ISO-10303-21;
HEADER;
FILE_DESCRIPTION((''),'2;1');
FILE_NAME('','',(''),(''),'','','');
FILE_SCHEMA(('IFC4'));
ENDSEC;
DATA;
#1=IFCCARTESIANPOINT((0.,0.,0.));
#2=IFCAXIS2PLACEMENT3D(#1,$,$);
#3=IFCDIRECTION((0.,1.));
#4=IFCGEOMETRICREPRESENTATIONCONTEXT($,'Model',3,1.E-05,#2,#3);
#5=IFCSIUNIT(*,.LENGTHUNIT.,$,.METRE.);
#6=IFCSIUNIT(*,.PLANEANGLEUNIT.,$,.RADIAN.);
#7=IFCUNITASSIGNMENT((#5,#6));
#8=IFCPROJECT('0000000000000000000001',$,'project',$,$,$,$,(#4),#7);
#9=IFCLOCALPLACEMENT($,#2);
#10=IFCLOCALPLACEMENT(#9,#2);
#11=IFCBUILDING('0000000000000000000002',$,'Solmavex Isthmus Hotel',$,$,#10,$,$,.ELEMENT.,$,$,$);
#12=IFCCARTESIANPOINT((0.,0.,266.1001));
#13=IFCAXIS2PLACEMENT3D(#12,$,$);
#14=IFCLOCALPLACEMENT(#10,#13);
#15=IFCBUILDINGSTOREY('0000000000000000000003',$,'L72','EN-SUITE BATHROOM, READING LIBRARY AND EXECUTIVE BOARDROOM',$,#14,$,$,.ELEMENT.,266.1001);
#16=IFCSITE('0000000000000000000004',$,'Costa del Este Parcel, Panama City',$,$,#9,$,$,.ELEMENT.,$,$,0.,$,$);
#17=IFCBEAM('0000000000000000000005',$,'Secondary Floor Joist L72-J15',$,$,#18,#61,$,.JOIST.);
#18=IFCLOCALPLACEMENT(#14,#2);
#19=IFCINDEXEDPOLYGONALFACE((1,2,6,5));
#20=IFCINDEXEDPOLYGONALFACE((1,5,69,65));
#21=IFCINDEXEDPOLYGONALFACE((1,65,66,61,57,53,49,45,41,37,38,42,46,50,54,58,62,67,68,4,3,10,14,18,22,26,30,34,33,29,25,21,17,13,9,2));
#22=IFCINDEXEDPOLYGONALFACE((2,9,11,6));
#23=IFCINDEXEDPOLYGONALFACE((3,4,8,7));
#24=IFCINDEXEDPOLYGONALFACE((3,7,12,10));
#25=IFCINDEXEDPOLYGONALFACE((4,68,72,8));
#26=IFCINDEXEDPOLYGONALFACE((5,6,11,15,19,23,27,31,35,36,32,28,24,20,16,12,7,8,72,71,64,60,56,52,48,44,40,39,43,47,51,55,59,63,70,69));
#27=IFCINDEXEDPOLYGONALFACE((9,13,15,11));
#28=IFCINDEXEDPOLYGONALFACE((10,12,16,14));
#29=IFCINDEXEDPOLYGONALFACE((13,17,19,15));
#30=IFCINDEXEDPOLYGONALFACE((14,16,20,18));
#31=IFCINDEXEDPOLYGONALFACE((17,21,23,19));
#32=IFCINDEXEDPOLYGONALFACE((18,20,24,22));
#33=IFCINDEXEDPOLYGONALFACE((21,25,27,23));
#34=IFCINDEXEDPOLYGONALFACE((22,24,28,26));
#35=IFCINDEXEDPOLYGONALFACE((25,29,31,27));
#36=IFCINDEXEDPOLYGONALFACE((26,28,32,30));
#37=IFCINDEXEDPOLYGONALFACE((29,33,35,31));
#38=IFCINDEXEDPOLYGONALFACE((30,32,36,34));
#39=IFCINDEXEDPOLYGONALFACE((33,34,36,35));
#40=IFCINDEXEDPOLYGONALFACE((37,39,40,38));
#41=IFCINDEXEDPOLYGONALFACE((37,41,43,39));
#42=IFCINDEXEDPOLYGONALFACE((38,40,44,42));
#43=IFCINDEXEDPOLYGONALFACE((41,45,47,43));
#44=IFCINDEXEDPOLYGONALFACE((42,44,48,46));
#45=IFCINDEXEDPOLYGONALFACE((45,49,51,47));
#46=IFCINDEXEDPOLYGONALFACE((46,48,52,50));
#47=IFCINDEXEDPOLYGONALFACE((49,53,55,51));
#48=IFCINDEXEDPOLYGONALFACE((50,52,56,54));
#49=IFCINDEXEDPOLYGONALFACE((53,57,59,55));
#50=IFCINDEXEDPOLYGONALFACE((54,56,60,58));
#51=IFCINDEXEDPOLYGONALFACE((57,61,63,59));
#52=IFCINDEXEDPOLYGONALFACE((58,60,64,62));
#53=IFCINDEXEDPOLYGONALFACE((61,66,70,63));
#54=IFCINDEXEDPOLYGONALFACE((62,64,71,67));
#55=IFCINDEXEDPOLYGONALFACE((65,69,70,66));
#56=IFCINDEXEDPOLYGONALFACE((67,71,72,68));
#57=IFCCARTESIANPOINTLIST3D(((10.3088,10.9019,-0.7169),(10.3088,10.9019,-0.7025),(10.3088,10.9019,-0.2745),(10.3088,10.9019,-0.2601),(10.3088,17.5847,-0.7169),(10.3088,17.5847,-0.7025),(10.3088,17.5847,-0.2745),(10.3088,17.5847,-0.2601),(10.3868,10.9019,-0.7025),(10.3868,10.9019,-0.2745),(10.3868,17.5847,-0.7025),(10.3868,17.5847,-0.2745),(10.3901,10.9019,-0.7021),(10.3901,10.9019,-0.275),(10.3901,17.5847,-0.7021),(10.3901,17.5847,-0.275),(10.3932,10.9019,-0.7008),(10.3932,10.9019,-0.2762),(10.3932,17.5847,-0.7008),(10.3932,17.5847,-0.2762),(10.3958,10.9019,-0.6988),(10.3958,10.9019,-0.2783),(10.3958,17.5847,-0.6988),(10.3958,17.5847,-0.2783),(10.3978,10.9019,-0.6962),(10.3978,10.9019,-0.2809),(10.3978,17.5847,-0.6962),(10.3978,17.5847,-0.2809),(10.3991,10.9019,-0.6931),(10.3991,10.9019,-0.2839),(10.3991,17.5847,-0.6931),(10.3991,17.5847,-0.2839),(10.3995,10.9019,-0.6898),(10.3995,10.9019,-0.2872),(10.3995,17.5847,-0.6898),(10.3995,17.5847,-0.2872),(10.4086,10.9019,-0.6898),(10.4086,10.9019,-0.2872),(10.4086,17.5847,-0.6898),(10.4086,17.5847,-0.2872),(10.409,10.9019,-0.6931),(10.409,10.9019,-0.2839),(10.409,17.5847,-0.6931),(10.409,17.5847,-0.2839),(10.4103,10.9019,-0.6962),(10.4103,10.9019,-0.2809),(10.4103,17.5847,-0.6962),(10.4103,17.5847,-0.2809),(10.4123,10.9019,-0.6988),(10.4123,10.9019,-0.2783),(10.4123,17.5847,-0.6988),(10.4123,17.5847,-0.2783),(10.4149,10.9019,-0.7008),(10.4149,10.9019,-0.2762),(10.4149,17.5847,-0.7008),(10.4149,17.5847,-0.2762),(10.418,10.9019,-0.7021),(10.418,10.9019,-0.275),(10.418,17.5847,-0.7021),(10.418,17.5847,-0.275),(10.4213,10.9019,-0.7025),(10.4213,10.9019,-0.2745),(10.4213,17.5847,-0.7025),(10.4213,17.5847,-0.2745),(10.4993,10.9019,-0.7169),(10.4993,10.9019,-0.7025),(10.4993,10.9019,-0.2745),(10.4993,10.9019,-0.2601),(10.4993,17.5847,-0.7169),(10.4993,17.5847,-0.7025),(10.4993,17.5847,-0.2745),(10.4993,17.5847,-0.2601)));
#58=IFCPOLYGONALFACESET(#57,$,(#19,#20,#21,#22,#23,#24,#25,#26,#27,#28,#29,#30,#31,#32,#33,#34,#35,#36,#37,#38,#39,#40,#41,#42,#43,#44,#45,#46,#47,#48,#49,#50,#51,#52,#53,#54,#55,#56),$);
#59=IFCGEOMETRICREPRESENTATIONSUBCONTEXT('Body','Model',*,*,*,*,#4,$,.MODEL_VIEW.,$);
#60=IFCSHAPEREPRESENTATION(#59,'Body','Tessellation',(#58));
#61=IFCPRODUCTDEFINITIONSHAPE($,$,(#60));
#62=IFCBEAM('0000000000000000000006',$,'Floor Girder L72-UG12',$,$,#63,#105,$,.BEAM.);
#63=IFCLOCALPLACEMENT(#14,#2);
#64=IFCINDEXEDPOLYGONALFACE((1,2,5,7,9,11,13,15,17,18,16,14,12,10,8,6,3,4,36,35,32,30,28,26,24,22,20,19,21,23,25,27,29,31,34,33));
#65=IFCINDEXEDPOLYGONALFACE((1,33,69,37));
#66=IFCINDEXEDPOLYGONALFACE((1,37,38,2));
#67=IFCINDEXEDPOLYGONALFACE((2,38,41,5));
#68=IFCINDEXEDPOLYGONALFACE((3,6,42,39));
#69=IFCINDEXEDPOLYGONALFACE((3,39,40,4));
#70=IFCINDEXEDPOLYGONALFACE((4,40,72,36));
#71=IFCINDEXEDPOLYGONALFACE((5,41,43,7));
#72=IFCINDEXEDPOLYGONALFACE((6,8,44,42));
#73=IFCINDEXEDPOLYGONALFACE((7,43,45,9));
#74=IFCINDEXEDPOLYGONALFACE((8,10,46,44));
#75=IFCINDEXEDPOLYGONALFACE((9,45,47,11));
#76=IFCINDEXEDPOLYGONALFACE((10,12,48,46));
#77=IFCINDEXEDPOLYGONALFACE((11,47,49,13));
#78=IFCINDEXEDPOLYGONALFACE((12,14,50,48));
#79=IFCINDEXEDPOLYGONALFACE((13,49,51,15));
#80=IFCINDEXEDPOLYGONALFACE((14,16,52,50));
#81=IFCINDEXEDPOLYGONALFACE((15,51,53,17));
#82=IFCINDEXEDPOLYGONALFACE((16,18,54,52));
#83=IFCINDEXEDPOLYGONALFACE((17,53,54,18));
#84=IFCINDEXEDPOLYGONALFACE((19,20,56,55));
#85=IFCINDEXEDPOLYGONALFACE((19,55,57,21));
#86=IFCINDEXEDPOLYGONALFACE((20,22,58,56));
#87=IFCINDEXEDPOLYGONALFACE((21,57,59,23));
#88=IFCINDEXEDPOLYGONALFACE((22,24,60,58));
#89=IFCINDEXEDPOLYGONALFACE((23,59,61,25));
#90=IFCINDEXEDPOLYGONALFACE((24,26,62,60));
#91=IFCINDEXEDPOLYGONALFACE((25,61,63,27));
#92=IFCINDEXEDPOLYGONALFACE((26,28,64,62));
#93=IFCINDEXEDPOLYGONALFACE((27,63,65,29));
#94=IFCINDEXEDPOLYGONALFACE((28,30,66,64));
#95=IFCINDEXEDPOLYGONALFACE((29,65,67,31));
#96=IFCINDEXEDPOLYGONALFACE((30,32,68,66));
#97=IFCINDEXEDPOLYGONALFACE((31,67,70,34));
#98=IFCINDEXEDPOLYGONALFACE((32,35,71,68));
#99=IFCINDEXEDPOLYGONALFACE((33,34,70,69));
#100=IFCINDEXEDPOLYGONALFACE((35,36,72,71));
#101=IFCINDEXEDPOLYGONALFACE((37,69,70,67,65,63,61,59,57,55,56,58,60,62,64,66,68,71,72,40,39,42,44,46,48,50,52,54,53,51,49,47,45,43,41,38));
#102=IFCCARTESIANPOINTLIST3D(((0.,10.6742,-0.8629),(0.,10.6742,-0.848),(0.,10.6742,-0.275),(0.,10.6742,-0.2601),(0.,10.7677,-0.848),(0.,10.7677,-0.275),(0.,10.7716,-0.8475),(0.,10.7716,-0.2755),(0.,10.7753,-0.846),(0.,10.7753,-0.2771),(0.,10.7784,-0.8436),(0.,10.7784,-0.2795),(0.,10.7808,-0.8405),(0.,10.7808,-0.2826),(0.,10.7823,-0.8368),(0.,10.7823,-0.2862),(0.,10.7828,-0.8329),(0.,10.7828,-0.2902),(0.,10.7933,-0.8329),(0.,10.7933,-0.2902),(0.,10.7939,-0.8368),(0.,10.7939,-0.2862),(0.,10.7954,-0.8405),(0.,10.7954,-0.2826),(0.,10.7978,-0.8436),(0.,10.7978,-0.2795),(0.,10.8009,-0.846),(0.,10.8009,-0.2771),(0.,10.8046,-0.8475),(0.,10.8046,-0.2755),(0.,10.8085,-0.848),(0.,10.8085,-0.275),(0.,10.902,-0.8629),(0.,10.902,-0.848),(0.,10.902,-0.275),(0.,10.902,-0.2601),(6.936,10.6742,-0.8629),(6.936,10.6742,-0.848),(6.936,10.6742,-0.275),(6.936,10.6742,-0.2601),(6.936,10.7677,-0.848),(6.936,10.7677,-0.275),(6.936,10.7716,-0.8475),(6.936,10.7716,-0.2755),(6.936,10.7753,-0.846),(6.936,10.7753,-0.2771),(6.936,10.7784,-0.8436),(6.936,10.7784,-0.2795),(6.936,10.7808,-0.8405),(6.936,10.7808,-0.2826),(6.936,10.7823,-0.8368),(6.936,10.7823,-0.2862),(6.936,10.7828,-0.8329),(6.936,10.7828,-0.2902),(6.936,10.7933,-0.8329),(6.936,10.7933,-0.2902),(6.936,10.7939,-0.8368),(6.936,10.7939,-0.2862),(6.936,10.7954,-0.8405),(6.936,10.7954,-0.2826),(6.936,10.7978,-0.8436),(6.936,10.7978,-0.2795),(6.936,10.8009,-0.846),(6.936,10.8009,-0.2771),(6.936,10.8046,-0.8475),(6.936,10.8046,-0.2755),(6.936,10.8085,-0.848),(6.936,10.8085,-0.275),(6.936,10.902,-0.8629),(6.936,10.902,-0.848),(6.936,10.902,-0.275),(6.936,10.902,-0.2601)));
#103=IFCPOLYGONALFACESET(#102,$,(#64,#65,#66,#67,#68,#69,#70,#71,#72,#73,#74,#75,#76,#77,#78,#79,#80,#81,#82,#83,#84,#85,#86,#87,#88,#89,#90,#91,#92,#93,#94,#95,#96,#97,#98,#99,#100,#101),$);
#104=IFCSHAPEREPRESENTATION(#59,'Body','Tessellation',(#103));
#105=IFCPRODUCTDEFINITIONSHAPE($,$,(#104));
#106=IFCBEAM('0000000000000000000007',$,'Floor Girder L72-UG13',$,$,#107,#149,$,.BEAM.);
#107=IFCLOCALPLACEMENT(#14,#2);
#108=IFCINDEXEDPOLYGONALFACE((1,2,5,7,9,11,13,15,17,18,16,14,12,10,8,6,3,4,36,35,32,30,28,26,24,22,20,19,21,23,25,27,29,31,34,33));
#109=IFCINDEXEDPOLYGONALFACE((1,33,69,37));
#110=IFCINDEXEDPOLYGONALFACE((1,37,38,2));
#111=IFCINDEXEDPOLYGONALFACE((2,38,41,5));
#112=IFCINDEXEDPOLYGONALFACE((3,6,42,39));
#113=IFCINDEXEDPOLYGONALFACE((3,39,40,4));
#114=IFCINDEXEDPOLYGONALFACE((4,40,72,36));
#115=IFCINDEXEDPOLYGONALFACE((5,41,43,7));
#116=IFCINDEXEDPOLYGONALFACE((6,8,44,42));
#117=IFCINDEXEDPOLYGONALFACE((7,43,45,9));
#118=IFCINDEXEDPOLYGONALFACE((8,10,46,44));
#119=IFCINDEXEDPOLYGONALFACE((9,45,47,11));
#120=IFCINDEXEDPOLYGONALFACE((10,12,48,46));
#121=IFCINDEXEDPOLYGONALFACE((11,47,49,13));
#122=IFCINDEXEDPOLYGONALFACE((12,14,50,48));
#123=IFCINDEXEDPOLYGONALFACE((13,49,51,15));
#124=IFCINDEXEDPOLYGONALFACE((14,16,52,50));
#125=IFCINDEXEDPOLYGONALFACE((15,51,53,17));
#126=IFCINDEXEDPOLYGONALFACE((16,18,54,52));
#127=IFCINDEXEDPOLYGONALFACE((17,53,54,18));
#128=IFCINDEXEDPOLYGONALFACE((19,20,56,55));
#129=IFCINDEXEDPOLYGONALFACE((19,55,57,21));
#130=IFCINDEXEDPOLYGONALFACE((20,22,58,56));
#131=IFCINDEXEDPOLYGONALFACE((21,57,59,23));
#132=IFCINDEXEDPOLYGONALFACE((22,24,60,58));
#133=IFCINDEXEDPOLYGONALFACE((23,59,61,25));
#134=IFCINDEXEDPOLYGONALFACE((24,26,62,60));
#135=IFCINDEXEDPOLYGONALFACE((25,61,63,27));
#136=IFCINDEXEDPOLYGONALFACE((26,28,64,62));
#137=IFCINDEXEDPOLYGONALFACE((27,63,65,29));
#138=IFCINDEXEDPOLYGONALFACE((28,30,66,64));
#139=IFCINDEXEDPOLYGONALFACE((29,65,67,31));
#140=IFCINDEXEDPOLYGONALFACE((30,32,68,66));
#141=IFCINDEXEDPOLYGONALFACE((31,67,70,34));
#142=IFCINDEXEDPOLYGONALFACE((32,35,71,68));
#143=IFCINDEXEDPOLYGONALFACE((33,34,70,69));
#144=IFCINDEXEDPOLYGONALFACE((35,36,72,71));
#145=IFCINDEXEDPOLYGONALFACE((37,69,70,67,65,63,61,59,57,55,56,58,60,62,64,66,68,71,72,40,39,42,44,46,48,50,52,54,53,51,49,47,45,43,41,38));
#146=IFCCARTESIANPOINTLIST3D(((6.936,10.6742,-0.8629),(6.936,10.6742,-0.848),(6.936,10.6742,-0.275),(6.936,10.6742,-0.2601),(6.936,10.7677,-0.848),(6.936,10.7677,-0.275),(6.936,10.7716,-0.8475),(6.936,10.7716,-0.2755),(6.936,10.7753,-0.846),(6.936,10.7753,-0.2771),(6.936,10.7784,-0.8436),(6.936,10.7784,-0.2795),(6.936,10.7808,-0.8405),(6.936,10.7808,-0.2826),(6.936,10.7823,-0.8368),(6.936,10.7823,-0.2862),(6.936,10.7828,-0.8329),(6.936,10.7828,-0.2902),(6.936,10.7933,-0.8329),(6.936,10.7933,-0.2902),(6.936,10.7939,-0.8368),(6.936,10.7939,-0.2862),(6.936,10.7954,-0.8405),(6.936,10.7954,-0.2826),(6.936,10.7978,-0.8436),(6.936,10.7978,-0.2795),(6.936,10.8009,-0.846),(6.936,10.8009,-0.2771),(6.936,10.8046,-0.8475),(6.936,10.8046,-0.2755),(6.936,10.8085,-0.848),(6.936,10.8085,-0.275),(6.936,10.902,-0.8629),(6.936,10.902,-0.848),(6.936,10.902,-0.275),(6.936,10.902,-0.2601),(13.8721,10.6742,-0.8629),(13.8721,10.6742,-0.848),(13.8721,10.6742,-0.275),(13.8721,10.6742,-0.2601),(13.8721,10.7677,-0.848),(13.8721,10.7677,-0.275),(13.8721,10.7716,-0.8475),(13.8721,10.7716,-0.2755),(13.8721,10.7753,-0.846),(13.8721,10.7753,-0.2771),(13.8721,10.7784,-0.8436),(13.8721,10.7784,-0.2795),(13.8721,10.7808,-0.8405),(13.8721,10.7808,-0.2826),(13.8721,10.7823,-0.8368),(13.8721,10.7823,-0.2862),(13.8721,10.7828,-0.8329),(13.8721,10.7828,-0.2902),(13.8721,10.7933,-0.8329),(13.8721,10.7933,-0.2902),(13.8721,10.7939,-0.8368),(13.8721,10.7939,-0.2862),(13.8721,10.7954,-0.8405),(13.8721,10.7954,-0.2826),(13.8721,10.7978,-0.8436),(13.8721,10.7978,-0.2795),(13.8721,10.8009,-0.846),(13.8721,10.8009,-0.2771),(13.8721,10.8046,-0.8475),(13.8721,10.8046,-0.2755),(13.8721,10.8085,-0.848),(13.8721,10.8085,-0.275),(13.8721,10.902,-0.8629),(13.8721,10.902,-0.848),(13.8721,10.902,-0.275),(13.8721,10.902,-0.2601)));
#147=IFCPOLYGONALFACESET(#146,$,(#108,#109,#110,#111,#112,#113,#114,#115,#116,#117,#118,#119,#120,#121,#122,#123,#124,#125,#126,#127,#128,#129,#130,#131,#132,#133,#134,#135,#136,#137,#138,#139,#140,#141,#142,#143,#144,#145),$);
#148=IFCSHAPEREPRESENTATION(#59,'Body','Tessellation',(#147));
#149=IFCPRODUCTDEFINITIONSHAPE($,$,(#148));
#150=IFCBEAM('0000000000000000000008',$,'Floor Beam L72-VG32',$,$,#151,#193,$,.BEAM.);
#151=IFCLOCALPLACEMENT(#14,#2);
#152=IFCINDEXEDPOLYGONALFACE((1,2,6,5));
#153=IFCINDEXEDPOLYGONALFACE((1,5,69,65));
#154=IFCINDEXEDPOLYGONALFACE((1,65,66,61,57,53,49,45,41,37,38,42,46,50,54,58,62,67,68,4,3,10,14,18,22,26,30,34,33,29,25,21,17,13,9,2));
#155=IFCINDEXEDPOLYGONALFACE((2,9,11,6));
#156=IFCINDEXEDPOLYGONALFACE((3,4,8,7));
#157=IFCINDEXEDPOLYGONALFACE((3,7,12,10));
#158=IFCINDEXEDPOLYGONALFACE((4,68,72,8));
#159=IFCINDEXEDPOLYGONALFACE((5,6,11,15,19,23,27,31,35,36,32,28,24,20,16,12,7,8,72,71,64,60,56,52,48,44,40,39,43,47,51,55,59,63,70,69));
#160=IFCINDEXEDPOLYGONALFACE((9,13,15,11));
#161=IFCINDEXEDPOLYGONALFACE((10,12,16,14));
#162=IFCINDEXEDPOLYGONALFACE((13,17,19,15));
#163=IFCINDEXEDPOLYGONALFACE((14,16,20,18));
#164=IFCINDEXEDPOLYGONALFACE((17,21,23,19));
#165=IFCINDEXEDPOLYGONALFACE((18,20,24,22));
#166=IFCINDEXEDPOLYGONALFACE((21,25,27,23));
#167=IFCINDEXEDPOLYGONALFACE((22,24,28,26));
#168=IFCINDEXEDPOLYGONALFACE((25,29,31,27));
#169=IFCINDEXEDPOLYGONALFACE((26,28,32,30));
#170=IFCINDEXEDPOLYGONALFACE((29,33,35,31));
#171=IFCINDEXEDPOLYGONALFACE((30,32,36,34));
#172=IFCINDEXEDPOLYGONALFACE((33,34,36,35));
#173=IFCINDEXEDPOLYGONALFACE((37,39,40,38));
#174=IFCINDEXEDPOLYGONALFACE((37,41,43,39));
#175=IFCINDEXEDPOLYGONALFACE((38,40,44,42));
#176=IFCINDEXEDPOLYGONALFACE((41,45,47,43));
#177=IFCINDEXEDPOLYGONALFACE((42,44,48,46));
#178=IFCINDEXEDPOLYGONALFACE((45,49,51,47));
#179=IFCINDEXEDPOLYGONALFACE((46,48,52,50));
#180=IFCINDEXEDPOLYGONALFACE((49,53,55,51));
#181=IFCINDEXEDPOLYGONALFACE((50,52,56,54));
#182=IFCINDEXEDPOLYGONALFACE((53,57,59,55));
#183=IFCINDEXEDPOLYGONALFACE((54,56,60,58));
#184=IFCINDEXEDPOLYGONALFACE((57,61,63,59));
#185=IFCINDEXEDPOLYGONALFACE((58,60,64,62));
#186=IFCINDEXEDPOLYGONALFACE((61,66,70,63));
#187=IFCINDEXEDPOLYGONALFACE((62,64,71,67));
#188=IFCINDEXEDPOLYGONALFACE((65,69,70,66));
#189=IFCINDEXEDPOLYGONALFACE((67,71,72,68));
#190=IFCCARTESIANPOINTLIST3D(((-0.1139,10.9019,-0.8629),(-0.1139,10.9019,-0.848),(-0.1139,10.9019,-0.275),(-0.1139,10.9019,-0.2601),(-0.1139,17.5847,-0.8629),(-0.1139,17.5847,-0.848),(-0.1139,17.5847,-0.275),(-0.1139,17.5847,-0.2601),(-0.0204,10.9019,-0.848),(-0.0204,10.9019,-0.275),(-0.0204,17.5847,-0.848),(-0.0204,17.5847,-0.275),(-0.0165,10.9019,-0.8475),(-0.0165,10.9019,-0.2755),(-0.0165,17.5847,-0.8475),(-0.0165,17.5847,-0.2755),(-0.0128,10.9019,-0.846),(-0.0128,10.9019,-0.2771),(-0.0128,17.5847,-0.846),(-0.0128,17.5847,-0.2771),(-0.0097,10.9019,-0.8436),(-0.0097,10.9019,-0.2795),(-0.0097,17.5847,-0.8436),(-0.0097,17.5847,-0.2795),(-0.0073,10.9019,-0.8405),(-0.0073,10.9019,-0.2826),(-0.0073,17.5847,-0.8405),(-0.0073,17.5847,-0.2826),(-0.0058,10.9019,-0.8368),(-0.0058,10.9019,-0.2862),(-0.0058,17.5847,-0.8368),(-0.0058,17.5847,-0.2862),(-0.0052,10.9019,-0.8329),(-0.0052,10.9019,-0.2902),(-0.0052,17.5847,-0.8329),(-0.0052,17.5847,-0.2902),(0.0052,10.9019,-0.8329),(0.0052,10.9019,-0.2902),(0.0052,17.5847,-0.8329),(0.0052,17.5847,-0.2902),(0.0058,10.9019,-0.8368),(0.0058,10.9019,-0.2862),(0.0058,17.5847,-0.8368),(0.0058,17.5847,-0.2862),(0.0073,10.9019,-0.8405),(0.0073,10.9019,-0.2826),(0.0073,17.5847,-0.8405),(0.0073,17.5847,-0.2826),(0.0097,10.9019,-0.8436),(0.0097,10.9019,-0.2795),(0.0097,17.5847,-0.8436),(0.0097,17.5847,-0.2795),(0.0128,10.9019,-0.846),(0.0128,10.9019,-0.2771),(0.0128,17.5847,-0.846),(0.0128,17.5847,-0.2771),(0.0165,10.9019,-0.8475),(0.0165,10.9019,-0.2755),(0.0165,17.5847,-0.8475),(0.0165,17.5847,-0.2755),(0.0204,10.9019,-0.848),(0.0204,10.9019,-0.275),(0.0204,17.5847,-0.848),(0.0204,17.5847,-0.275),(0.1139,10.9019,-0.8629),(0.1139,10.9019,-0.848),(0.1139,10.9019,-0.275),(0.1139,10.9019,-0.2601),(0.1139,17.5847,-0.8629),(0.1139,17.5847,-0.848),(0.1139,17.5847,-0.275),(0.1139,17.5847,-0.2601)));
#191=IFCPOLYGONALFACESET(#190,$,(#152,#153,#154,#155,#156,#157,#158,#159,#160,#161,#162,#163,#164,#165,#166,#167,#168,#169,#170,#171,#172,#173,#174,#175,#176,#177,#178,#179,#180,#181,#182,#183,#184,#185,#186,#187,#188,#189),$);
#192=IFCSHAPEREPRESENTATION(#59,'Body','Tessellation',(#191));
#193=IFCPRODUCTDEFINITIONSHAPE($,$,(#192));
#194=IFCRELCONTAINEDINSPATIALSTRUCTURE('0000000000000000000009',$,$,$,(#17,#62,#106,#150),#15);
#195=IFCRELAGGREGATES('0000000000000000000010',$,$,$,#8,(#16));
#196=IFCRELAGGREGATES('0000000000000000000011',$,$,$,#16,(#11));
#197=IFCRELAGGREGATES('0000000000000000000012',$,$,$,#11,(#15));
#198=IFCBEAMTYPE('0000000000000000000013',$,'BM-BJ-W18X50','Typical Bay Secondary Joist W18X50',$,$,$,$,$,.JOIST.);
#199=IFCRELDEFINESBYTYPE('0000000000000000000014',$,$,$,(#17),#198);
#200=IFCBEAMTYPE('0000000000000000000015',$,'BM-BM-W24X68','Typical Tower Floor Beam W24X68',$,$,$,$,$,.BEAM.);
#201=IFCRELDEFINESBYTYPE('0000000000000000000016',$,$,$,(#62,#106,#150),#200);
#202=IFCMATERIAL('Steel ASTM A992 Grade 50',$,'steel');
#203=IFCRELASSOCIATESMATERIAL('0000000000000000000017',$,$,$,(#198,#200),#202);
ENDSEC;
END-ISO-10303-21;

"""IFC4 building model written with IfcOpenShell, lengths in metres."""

from ifc_helpers import new_model, si_unit, direction, frame, origin, origin_2d, place, context, subcontext, project, spatial, i_section, extrude, material, material_profile, profile_set, type_object, element, save


model = new_model("IFC4")

# Units and contexts
model_context = context("Model", 3, precision=1e-05, world=origin(), true_north=direction((0.0, 1.0)))
body_context = subcontext(model_context, "Body", "Model", "MODEL_VIEW")
ifc_project = project(units=[si_unit("LENGTHUNIT", "METRE"), si_unit("PLANEANGLEUNIT", "RADIAN")], contexts=[model_context])

# Site, building, storey
site_placement = place(None, origin())
site = spatial("IfcSite", under=ifc_project, at=site_placement, Name="Costa del Este Parcel, Panama City", CompositionType="ELEMENT", RefElevation=0.0)
building_placement = place(site_placement, origin())
building = spatial("IfcBuilding", under=site, at=building_placement, Name="Solmavex Isthmus Hotel", CompositionType="ELEMENT")
storey_placement = place(building_placement, frame((0.0, 0.0, 266.1001)))
storey = spatial("IfcBuildingStorey", under=building, at=storey_placement, Name="L72", Description="EN-SUITE BATHROOM, READING LIBRARY AND EXECUTIVE BOARDROOM", CompositionType="ELEMENT", Elevation=266.1001)

# Beams
ifc_material_1 = material(Name="Steel ASTM A992 Grade 50", Category="steel")
ifc_material_profile_1 = material_profile(ifc_material_1, i_section(OverallWidth=0.1904, OverallDepth=0.4568, WebThickness=0.009, FlangeThickness=0.0144, FilletRadius=0.0127, at=origin_2d()), Name="W18X50")
ifc_profile_set_1 = profile_set([ifc_material_profile_1], Name="Steel ASTM A992 Grade 50")
beam_type_1 = type_object("IfcBeamType", Name="BM-BJ-W18X50", Description="Typical Bay Secondary Joist W18X50", PredefinedType="JOIST", material=ifc_profile_set_1)
for number, where, z_axis, x_axis, name in (
    (1, (10.4041, 10.9019, -0.4885), (0.0, 1.0, 0.0), (-1.0, 0.0, 0.0), "Secondary Floor Joist L72-J15"),
):
    element("IfcBeam", number, at=place(storey_placement, frame(where, z_axis=z_axis, x_axis=x_axis)), inside=storey, type_object=beam_type_1, Name=name, PredefinedType="JOIST", context=body_context, shape_type="SweptSolid", body=[
        extrude(i_section(OverallWidth=0.1904, OverallDepth=0.4568, WebThickness=0.009, FlangeThickness=0.0144, FilletRadius=0.0127, at=origin_2d()), origin(), (0.0, 0.0, 1.0), 6.6829),
    ])
ifc_material_profile_2 = material_profile(ifc_material_1, i_section(OverallWidth=0.2278, OverallDepth=0.6028, WebThickness=0.0105, FlangeThickness=0.0149, FilletRadius=0.0151, at=origin_2d()), Name="W24X68")
ifc_profile_set_2 = profile_set([ifc_material_profile_2], Name="Steel ASTM A992 Grade 50")
beam_type_2 = type_object("IfcBeamType", Name="BM-BM-W24X68", Description="Typical Tower Floor Beam W24X68", PredefinedType="BEAM", material=ifc_profile_set_2)
for number, where, z_axis, x_axis, name in (
    (2, (0.0, 10.7881, -0.5615), (1.0, 0.0, 0.0), (0.0, 1.0, 0.0), "Floor Girder L72-UG12"),
    (3, (6.936, 10.7881, -0.5615), (1.0, 0.0, 0.0), (0.0, 1.0, 0.0), "Floor Girder L72-UG13"),
):
    element("IfcBeam", number, at=place(storey_placement, frame(where, z_axis=z_axis, x_axis=x_axis)), inside=storey, type_object=beam_type_2, Name=name, PredefinedType="BEAM", context=body_context, shape_type="SweptSolid", body=[
        extrude(i_section(OverallWidth=0.2278, OverallDepth=0.6028, WebThickness=0.0105, FlangeThickness=0.0149, FilletRadius=0.0151, at=origin_2d()), origin(), (0.0, 0.0, 1.0), 6.936),
    ])
for number, where, z_axis, x_axis, name in (
    (4, (0.0, 10.9019, -0.5615), (0.0, 1.0, 0.0), (-1.0, 0.0, 0.0), "Floor Beam L72-VG32"),
):
    element("IfcBeam", number, at=place(storey_placement, frame(where, z_axis=z_axis, x_axis=x_axis)), inside=storey, type_object=beam_type_2, Name=name, PredefinedType="BEAM", context=body_context, shape_type="SweptSolid", body=[
        extrude(i_section(OverallWidth=0.2278, OverallDepth=0.6028, WebThickness=0.0105, FlangeThickness=0.0149, FilletRadius=0.0151, at=origin_2d()), origin(), (0.0, 0.0, 1.0), 6.6829),
    ])

save(model, "model.ifc")
